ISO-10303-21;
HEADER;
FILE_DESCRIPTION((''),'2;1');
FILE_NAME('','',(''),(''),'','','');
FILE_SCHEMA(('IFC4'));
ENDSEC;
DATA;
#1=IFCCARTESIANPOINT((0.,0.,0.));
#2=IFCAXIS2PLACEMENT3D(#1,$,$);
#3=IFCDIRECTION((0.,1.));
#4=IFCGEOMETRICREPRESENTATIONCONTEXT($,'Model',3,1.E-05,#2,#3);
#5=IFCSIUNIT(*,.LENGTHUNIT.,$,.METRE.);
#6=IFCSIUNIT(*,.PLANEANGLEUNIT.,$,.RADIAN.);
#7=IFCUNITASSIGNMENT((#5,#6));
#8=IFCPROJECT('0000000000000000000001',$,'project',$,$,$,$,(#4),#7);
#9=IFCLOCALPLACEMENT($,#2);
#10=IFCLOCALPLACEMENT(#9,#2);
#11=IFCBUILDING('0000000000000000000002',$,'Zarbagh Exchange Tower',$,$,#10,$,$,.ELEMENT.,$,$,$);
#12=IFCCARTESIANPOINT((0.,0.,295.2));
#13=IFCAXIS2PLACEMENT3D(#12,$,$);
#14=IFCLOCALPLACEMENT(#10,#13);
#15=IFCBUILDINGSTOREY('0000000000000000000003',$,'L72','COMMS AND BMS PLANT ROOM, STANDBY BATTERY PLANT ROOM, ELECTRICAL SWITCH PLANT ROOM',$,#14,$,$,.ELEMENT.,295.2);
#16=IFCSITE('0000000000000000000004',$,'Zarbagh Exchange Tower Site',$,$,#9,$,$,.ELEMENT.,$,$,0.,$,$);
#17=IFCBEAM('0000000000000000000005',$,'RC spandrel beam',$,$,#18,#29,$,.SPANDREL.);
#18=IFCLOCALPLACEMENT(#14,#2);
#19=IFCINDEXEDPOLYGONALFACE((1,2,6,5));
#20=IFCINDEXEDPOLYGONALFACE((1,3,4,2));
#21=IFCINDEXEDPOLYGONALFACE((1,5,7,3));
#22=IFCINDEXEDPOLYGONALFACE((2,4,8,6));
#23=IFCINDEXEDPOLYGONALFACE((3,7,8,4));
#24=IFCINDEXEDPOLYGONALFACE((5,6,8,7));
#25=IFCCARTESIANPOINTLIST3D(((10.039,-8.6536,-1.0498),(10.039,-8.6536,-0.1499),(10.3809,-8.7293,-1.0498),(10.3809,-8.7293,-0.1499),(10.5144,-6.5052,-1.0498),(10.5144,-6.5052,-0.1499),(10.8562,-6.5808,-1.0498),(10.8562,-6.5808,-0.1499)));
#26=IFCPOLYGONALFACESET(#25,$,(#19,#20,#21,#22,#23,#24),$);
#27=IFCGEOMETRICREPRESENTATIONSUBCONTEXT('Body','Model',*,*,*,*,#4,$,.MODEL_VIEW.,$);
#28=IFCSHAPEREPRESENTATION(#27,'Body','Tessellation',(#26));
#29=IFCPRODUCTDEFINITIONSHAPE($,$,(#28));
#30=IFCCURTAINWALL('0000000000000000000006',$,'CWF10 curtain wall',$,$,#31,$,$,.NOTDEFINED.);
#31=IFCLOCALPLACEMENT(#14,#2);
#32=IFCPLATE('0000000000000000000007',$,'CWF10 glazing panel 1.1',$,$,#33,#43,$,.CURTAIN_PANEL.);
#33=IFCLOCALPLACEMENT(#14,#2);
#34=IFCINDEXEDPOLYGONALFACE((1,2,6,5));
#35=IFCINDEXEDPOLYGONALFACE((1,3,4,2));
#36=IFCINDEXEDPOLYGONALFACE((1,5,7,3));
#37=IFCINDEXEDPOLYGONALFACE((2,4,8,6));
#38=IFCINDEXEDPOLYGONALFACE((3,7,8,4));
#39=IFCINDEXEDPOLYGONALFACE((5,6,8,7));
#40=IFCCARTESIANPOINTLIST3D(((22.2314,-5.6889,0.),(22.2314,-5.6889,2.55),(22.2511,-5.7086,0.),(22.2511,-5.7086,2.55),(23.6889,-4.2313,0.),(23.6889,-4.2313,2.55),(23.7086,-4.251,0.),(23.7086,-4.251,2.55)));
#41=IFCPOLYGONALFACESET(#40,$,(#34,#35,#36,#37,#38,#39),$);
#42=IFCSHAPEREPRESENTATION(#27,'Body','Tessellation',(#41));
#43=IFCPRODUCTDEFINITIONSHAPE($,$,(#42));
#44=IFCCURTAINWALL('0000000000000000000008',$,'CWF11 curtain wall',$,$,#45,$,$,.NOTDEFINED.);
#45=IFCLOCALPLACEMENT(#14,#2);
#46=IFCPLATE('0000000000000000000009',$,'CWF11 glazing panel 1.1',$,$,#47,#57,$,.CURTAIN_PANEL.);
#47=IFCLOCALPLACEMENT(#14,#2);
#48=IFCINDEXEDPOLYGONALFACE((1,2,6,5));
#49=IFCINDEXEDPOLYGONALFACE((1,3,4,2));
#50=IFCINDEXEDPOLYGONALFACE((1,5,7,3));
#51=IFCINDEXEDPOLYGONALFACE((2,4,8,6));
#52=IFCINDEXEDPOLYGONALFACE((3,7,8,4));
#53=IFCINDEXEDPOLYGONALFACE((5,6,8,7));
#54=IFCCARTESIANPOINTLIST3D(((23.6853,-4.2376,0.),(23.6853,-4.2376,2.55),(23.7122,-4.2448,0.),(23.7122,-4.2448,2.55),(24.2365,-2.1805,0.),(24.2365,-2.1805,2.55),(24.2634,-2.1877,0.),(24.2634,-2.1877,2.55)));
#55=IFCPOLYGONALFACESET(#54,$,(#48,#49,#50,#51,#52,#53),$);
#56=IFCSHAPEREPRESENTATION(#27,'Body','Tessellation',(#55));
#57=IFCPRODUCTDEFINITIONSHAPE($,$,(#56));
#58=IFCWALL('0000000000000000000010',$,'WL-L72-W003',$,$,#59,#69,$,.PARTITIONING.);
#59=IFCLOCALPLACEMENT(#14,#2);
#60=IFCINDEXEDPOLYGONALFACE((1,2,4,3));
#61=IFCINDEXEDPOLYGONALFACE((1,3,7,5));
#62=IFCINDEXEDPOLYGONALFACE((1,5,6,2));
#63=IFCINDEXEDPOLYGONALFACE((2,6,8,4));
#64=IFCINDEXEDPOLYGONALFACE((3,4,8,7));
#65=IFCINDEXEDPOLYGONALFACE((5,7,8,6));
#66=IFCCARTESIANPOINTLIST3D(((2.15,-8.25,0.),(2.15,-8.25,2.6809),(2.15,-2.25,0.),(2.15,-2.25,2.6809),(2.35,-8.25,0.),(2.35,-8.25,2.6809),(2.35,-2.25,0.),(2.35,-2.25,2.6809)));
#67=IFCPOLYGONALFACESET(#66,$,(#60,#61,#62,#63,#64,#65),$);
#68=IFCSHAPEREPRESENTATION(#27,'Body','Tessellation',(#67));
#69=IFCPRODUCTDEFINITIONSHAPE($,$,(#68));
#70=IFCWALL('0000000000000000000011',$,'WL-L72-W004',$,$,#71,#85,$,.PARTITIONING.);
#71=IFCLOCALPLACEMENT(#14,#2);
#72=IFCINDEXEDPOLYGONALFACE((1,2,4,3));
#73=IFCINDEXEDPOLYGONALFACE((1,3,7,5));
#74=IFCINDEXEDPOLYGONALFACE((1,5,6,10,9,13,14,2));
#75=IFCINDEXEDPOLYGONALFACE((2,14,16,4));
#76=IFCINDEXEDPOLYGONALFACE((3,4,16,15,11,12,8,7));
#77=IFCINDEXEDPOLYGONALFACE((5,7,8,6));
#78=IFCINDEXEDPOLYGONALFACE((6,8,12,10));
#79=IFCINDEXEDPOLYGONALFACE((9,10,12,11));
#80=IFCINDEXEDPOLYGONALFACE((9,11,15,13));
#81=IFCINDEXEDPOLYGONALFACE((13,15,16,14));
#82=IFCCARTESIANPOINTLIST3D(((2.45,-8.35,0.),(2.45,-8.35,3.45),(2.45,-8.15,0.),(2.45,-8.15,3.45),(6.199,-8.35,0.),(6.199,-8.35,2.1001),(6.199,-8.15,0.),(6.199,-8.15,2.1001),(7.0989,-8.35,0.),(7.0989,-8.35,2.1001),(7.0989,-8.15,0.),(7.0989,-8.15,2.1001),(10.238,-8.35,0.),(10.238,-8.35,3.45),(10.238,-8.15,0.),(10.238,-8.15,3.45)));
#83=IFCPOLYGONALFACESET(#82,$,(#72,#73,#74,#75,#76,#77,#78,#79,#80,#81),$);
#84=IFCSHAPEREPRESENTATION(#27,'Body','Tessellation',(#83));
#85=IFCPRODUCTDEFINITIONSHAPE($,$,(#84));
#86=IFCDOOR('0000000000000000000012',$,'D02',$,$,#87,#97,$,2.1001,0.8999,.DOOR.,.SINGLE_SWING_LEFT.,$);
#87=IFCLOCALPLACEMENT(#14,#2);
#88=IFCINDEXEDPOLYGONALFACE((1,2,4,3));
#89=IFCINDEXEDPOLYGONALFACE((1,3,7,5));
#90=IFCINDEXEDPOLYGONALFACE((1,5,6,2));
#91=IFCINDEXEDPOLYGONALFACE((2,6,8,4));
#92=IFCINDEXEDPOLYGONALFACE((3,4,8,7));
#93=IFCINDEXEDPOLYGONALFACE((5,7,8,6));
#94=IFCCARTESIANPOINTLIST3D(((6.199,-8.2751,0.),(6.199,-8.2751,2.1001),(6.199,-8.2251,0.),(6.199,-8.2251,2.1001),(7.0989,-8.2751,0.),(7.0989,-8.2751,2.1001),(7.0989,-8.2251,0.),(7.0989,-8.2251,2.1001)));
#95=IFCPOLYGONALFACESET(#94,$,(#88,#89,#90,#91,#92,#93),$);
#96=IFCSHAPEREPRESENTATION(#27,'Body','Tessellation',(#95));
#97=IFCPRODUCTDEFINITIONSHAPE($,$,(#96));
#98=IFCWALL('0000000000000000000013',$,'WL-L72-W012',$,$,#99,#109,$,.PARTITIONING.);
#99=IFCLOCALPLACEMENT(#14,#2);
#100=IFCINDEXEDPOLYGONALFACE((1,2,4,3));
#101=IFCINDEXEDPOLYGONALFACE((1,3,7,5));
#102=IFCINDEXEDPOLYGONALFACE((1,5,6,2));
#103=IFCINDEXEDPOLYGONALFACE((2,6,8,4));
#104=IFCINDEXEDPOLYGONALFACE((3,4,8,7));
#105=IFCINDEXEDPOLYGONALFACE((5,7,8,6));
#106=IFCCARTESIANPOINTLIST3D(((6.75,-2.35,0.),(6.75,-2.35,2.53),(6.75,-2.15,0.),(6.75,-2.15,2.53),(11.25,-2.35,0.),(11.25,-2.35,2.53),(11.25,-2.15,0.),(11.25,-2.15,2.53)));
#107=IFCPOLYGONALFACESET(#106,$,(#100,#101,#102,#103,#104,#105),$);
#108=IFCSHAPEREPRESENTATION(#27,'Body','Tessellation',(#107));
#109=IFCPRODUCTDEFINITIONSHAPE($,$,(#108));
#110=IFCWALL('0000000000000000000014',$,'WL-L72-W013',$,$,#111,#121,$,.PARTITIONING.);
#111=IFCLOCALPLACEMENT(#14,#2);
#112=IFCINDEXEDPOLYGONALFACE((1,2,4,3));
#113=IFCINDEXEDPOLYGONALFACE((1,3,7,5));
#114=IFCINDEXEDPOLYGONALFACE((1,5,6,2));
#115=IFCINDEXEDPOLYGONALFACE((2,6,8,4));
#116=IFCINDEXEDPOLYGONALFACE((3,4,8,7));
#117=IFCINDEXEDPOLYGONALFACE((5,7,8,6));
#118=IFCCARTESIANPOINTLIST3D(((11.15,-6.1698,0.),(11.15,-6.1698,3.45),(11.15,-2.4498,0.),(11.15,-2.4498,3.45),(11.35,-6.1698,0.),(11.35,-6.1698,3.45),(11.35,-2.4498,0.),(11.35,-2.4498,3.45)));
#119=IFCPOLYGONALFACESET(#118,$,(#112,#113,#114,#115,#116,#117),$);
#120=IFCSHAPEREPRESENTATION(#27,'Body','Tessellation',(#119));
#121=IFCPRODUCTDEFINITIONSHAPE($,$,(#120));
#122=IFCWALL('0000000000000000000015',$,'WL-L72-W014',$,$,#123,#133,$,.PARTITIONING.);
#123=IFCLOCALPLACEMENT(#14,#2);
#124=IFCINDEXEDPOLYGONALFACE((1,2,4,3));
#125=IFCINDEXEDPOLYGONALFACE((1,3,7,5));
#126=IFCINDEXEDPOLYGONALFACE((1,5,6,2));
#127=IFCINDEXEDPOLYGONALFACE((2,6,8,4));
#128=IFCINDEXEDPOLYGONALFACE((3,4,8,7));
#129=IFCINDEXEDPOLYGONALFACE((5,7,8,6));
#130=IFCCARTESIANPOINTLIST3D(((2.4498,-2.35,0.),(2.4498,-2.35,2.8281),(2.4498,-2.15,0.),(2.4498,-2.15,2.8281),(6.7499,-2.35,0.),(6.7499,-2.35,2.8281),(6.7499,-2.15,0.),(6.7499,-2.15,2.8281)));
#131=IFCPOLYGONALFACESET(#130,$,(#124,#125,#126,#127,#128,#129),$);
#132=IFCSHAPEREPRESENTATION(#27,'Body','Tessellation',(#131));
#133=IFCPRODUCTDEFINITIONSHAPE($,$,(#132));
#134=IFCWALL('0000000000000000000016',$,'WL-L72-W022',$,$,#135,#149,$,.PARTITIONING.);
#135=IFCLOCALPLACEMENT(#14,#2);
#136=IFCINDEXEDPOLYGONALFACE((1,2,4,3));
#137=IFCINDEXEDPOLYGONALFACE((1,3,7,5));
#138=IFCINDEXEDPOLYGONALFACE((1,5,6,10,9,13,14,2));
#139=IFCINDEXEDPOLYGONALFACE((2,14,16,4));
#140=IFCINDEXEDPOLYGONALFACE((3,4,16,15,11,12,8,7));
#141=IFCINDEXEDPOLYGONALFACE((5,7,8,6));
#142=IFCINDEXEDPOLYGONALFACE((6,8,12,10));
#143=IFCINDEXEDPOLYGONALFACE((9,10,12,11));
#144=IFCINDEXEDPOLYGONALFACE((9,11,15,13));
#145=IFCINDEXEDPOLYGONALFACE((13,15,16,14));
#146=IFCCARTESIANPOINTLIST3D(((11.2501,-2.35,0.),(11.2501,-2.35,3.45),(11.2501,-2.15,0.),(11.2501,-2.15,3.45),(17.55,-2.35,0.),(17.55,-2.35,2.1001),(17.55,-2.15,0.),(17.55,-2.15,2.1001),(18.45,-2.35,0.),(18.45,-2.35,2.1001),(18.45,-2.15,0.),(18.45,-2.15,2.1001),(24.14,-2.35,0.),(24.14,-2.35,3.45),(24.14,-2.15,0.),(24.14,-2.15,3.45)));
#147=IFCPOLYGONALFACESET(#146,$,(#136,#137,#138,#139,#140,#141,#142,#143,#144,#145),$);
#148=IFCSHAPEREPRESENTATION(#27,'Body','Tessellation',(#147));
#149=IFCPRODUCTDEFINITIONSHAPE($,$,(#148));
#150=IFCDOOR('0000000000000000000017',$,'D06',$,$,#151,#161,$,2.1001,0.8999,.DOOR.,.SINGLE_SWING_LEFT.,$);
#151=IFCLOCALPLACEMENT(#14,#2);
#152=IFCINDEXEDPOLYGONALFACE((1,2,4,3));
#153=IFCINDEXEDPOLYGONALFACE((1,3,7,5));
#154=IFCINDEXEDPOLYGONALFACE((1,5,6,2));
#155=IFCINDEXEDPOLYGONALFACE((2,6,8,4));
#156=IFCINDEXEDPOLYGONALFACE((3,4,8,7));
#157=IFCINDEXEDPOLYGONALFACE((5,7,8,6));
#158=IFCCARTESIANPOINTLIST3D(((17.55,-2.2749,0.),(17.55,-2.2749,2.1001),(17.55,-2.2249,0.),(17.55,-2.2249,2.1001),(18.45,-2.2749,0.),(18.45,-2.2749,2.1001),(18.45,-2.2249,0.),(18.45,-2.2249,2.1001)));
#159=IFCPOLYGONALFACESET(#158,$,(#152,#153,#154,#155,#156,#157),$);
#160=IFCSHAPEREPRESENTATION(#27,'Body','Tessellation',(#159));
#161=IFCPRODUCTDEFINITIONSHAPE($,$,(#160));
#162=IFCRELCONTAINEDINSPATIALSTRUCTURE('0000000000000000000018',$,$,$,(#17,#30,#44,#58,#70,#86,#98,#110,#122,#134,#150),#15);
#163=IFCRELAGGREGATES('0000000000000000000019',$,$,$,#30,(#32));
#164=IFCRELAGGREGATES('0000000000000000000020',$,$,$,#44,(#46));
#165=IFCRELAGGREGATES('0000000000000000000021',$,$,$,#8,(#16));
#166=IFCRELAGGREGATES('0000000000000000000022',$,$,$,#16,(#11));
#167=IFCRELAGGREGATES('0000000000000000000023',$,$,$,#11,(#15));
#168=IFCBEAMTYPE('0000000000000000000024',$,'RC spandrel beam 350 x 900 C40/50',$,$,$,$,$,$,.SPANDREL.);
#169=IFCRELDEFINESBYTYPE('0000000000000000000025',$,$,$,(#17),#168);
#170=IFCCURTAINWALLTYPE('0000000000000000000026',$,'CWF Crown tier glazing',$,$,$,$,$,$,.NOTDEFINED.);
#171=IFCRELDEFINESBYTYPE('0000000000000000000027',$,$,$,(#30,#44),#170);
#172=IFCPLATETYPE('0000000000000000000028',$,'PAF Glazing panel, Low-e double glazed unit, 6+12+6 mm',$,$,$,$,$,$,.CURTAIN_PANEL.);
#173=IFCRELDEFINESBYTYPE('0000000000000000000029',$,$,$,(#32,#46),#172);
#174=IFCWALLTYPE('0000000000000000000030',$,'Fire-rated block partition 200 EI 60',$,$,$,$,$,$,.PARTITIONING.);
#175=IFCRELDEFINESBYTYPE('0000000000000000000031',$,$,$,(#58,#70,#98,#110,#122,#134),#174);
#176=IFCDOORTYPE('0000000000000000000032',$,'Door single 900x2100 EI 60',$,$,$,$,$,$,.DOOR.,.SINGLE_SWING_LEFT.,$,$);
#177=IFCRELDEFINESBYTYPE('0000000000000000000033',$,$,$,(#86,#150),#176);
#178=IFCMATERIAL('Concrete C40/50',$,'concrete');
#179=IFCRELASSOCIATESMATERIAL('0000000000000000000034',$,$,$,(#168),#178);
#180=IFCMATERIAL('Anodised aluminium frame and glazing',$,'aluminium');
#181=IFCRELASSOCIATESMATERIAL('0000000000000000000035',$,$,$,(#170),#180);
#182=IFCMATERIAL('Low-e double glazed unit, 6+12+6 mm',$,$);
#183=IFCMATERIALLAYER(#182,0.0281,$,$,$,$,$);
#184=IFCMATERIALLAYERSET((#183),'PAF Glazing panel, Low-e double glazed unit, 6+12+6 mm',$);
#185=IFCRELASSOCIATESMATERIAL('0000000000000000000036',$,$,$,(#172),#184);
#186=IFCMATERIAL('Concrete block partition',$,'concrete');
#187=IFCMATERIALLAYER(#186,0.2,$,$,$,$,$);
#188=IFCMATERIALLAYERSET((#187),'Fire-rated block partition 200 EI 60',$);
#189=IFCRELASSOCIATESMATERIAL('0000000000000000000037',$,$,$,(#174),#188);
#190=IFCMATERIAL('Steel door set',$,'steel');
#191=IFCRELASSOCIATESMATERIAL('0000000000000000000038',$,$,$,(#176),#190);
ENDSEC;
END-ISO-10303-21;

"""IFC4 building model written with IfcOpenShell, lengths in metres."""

from ifc_helpers import new_model, si_unit, direction, frame, frame_2d, origin, origin_2d, place, context, subcontext, project, spatial, polyline, rectangle, outline, extrude, source, transform, mapped, material, layer, layer_set, material_profile, profile_set, type_object, element, fill, aggregate, save


model = new_model("IFC4")

# Units and contexts
model_context = context("Model", 3, precision=1e-05, world=origin(), true_north=direction((0.0, 1.0)))
body_context = subcontext(model_context, "Body", "Model", "MODEL_VIEW")
ifc_project = project(units=[si_unit("LENGTHUNIT", "METRE"), si_unit("PLANEANGLEUNIT", "RADIAN")], contexts=[model_context])

# Site, building, storey
site_placement = place(None, origin())
site = spatial("IfcSite", under=ifc_project, at=site_placement, Name="Zarbagh Exchange Tower Site", CompositionType="ELEMENT", RefElevation=0.0)
building_placement = place(site_placement, origin())
building = spatial("IfcBuilding", under=site, at=building_placement, Name="Zarbagh Exchange Tower", CompositionType="ELEMENT")
storey_placement = place(building_placement, frame((0.0, 0.0, 295.2)))
storey = spatial("IfcBuildingStorey", under=building, at=storey_placement, Name="L72", Description="COMMS AND BMS PLANT ROOM, STANDBY BATTERY PLANT ROOM, ELECTRICAL SWITCH PLANT ROOM", CompositionType="ELEMENT", Elevation=295.2)

# Shared definitions
ifc_material_1 = material(Name="Concrete C40/50", Category="concrete")

# Beam
ifc_material_profile_1 = material_profile(ifc_material_1, rectangle(XDim=0.3501, YDim=0.8999, at=origin_2d()), Name="RC spandrel beam 350 x 900 C40/50")
ifc_profile_set_1 = profile_set([ifc_material_profile_1], Name="Concrete C40/50")
beam_type_1 = type_object("IfcBeamType", Name="RC spandrel beam 350 x 900 C40/50", PredefinedType="SPANDREL", material=ifc_profile_set_1)
beam_1_placement = place(storey_placement, frame((10.6853, -6.543, -0.5999), z_axis=(-0.216026, -0.976388, 0.0), x_axis=(0.976388, -0.216026, 0.0)))
element("IfcBeam", 1, at=beam_1_placement, inside=storey, type_object=beam_type_1, Name="RC spandrel beam", PredefinedType="SPANDREL", context=body_context, shape_type="SweptSolid", body=[
    extrude(rectangle(XDim=0.3501, YDim=0.8999, at=origin_2d()), origin(), (0.0, 0.0, 1.0), 2.2004),
])

# Curtain walls, plates
ifc_material_2 = material(Name="Anodised aluminium frame and glazing", Category="aluminium")
curtain_wall_type = type_object("IfcCurtainWallType", Name="CWF Crown tier glazing", PredefinedType="NOTDEFINED", material=ifc_material_2)
curtain_wall_1_placement = place(storey_placement, origin())
curtain_wall_1 = element("IfcCurtainWall", 2, at=curtain_wall_1_placement, inside=storey, type_object=curtain_wall_type, Name="CWF10 curtain wall", PredefinedType="NOTDEFINED")
ifc_material_3 = material(Name="Low-e double glazed unit, 6+12+6 mm")
ifc_layer_1 = layer(ifc_material_3, 0.0281)
ifc_layer_set_1 = layer_set([ifc_layer_1], Name="PAF Glazing panel, Low-e double glazed unit, 6+12+6 mm")
plate_type = type_object("IfcPlateType", Name="PAF Glazing panel, Low-e double glazed unit, 6+12+6 mm", PredefinedType="CURTAIN_PANEL", material=ifc_layer_set_1)
shared_shape_1 = source(origin(), body_context, "Body", "SweptSolid", [
    extrude(outline(polyline([(0.0, -0.0139), (2.0613, -0.0139), (2.0613, 0.0139), (0.0, 0.0139), (0.0, -0.0139)])), origin(), (0.0, 0.0, 1.0), 2.55),
])
placement = place(storey_placement, origin())
plate_1 = element("IfcPlate", 3, at=placement, type_object=plate_type, Name="CWF10 glazing panel 1.1", PredefinedType="CURTAIN_PANEL", context=body_context, shape_type="MappedRepresentation", body=[
    mapped(shared_shape_1, transform((22.2412, -5.6987, 0.0), x_axis=(0.707107, 0.707107, 0.0), y_axis=(-0.707107, 0.707107, 0.0), z_axis=(0.0, 0.0, 1.0))),
])
aggregate(curtain_wall_1, [plate_1])
curtain_wall_2_placement = place(storey_placement, origin())
curtain_wall_2 = element("IfcCurtainWall", 4, at=curtain_wall_2_placement, inside=storey, type_object=curtain_wall_type, Name="CWF11 curtain wall", PredefinedType="NOTDEFINED")
shared_shape_2 = source(origin(), body_context, "Body", "SweptSolid", [
    extrude(outline(polyline([(0.0, -0.0139), (2.1296, -0.0139), (2.1296, 0.0139), (0.0, 0.0139), (0.0, -0.0139)])), origin(), (0.0, 0.0, 1.0), 2.55),
])
plate_2 = element("IfcPlate", 5, at=placement, type_object=plate_type, Name="CWF11 glazing panel 1.1", PredefinedType="CURTAIN_PANEL", context=body_context, shape_type="MappedRepresentation", body=[
    mapped(shared_shape_2, transform((23.6987, -4.2412, 0.0), x_axis=(0.258825, 0.965924, 0.0), y_axis=(-0.965924, 0.258825, 0.0), z_axis=(0.0, 0.0, 1.0))),
])
aggregate(curtain_wall_2, [plate_2])

# Wall
ifc_material_4 = material(Name="Concrete block partition", Category="concrete")
ifc_layer_2 = layer(ifc_material_4, 0.2)
ifc_layer_set_2 = layer_set([ifc_layer_2], Name="Fire-rated block partition 200 EI 60")
wall_type = type_object("IfcWallType", Name="Fire-rated block partition 200 EI 60", PredefinedType="PARTITIONING", material=ifc_layer_set_2)
wall_1_placement = place(storey_placement, frame((2.25, -2.25, 0.0), z_axis=(0.0, 0.0, 1.0), x_axis=(0.0, -1.0, 0.0)))
element("IfcWall", 6, at=wall_1_placement, inside=storey, type_object=wall_type, Name="WL-L72-W003", PredefinedType="PARTITIONING", context=body_context, shape_type="SweptSolid", body=[
    extrude(rectangle(XDim=6.0, YDim=0.2, at=frame_2d((3.0, 0.0))), origin(), (0.0, 0.0, 1.0), 2.6809),
])

# Wall, opening, door
wall_2_placement = place(storey_placement, frame((2.45, -8.25, 0.0), z_axis=(0.0, 0.0, 1.0), x_axis=(1.0, 0.0, 0.0)))
wall_2 = element("IfcWall", 7, at=wall_2_placement, inside=storey, type_object=wall_type, Name="WL-L72-W004", PredefinedType="PARTITIONING", context=body_context, shape_type="SweptSolid", body=[
    extrude(rectangle(XDim=7.7881, YDim=0.2, at=frame_2d((3.894, 0.0))), origin(), (0.0, 0.0, 1.0), 3.45),
])
opening_1_placement = place(wall_2_placement, frame((3.749, 0.0, 0.0)))
opening_1 = element("IfcOpeningElement", 8, at=opening_1_placement, cuts=wall_2, PredefinedType="OPENING", context=body_context, shape_type="SweptSolid", body=[
    extrude(rectangle(XDim=0.8999, YDim=2.1001, at=frame_2d((0.45, 1.05))), frame((0.0, 0.1099, 0.0), z_axis=(0.0, -1.0, 0.0), x_axis=(1.0, 0.0, 0.0)), (0.0, 0.0, 1.0), 0.22),
])
ifc_material_5 = material(Name="Steel door set", Category="steel")
door_type = type_object("IfcDoorType", Name="Door single 900x2100 EI 60", OperationType="SINGLE_SWING_LEFT", PredefinedType="DOOR", material=ifc_material_5)
door_1_placement = place(opening_1_placement, origin())
door_1 = element("IfcDoor", 9, at=door_1_placement, inside=storey, type_object=door_type, Name="D02", OperationType="SINGLE_SWING_LEFT", OverallHeight=2.1001, OverallWidth=0.8999, PredefinedType="DOOR", context=body_context, shape_type="SweptSolid", body=[
    extrude(rectangle(XDim=0.8999, YDim=2.1001, at=frame_2d((0.45, 1.05))), frame((0.0, 0.0249, 0.0), z_axis=(0.0, -1.0, 0.0), x_axis=(1.0, 0.0, 0.0)), (0.0, 0.0, 1.0), 0.05),
])
fill(opening_1, door_1)

# Walls
wall_3_placement = place(storey_placement, frame((6.75, -2.25, 0.0), z_axis=(0.0, 0.0, 1.0), x_axis=(1.0, 0.0, 0.0)))
element("IfcWall", 10, at=wall_3_placement, inside=storey, type_object=wall_type, Name="WL-L72-W012", PredefinedType="PARTITIONING", context=body_context, shape_type="SweptSolid", body=[
    extrude(rectangle(XDim=4.5, YDim=0.2, at=frame_2d((2.25, 0.0))), origin(), (0.0, 0.0, 1.0), 2.53),
])
wall_4_placement = place(storey_placement, frame((11.25, -2.45, 0.0), z_axis=(0.0, 0.0, 1.0), x_axis=(0.0, -1.0, 0.0)))
element("IfcWall", 11, at=wall_4_placement, inside=storey, type_object=wall_type, Name="WL-L72-W013", PredefinedType="PARTITIONING", context=body_context, shape_type="SweptSolid", body=[
    extrude(rectangle(XDim=3.72, YDim=0.2, at=frame_2d((1.8599, 0.0))), origin(), (0.0, 0.0, 1.0), 3.45),
])
wall_5_placement = place(storey_placement, frame((2.45, -2.25, 0.0), z_axis=(0.0, 0.0, 1.0), x_axis=(1.0, 0.0, 0.0)))
element("IfcWall", 12, at=wall_5_placement, inside=storey, type_object=wall_type, Name="WL-L72-W014", PredefinedType="PARTITIONING", context=body_context, shape_type="SweptSolid", body=[
    extrude(rectangle(XDim=4.3, YDim=0.2, at=frame_2d((2.1499, 0.0))), origin(), (0.0, 0.0, 1.0), 2.8281),
])

# Wall, opening, door
wall_6_placement = place(storey_placement, frame((24.1399, -2.25, 0.0), z_axis=(0.0, 0.0, 1.0), x_axis=(-1.0, 0.0, 0.0)))
wall_6 = element("IfcWall", 13, at=wall_6_placement, inside=storey, type_object=wall_type, Name="WL-L72-W022", PredefinedType="PARTITIONING", context=body_context, shape_type="SweptSolid", body=[
    extrude(rectangle(XDim=12.8899, YDim=0.2, at=frame_2d((6.4448, 0.0))), origin(), (0.0, 0.0, 1.0), 3.45),
])
opening_2_placement = place(wall_6_placement, frame((5.6899, 0.0, 0.0)))
opening_2 = element("IfcOpeningElement", 14, at=opening_2_placement, cuts=wall_6, PredefinedType="OPENING", context=body_context, shape_type="SweptSolid", body=[
    extrude(rectangle(XDim=0.8999, YDim=2.1001, at=frame_2d((0.45, 1.05))), frame((0.0, 0.1099, 0.0), z_axis=(0.0, -1.0, 0.0), x_axis=(1.0, 0.0, 0.0)), (0.0, 0.0, 1.0), 0.22),
])
door_2_placement = place(opening_2_placement, origin())
door_2 = element("IfcDoor", 15, at=door_2_placement, inside=storey, type_object=door_type, Name="D06", OperationType="SINGLE_SWING_LEFT", OverallHeight=2.1001, OverallWidth=0.8999, PredefinedType="DOOR", context=body_context, shape_type="SweptSolid", body=[
    extrude(rectangle(XDim=0.8999, YDim=2.1001, at=frame_2d((0.45, 1.05))), frame((0.0, 0.0249, 0.0), z_axis=(0.0, -1.0, 0.0), x_axis=(1.0, 0.0, 0.0)), (0.0, 0.0, 1.0), 0.05),
])
fill(opening_2, door_2)

save(model, "model.ifc")
